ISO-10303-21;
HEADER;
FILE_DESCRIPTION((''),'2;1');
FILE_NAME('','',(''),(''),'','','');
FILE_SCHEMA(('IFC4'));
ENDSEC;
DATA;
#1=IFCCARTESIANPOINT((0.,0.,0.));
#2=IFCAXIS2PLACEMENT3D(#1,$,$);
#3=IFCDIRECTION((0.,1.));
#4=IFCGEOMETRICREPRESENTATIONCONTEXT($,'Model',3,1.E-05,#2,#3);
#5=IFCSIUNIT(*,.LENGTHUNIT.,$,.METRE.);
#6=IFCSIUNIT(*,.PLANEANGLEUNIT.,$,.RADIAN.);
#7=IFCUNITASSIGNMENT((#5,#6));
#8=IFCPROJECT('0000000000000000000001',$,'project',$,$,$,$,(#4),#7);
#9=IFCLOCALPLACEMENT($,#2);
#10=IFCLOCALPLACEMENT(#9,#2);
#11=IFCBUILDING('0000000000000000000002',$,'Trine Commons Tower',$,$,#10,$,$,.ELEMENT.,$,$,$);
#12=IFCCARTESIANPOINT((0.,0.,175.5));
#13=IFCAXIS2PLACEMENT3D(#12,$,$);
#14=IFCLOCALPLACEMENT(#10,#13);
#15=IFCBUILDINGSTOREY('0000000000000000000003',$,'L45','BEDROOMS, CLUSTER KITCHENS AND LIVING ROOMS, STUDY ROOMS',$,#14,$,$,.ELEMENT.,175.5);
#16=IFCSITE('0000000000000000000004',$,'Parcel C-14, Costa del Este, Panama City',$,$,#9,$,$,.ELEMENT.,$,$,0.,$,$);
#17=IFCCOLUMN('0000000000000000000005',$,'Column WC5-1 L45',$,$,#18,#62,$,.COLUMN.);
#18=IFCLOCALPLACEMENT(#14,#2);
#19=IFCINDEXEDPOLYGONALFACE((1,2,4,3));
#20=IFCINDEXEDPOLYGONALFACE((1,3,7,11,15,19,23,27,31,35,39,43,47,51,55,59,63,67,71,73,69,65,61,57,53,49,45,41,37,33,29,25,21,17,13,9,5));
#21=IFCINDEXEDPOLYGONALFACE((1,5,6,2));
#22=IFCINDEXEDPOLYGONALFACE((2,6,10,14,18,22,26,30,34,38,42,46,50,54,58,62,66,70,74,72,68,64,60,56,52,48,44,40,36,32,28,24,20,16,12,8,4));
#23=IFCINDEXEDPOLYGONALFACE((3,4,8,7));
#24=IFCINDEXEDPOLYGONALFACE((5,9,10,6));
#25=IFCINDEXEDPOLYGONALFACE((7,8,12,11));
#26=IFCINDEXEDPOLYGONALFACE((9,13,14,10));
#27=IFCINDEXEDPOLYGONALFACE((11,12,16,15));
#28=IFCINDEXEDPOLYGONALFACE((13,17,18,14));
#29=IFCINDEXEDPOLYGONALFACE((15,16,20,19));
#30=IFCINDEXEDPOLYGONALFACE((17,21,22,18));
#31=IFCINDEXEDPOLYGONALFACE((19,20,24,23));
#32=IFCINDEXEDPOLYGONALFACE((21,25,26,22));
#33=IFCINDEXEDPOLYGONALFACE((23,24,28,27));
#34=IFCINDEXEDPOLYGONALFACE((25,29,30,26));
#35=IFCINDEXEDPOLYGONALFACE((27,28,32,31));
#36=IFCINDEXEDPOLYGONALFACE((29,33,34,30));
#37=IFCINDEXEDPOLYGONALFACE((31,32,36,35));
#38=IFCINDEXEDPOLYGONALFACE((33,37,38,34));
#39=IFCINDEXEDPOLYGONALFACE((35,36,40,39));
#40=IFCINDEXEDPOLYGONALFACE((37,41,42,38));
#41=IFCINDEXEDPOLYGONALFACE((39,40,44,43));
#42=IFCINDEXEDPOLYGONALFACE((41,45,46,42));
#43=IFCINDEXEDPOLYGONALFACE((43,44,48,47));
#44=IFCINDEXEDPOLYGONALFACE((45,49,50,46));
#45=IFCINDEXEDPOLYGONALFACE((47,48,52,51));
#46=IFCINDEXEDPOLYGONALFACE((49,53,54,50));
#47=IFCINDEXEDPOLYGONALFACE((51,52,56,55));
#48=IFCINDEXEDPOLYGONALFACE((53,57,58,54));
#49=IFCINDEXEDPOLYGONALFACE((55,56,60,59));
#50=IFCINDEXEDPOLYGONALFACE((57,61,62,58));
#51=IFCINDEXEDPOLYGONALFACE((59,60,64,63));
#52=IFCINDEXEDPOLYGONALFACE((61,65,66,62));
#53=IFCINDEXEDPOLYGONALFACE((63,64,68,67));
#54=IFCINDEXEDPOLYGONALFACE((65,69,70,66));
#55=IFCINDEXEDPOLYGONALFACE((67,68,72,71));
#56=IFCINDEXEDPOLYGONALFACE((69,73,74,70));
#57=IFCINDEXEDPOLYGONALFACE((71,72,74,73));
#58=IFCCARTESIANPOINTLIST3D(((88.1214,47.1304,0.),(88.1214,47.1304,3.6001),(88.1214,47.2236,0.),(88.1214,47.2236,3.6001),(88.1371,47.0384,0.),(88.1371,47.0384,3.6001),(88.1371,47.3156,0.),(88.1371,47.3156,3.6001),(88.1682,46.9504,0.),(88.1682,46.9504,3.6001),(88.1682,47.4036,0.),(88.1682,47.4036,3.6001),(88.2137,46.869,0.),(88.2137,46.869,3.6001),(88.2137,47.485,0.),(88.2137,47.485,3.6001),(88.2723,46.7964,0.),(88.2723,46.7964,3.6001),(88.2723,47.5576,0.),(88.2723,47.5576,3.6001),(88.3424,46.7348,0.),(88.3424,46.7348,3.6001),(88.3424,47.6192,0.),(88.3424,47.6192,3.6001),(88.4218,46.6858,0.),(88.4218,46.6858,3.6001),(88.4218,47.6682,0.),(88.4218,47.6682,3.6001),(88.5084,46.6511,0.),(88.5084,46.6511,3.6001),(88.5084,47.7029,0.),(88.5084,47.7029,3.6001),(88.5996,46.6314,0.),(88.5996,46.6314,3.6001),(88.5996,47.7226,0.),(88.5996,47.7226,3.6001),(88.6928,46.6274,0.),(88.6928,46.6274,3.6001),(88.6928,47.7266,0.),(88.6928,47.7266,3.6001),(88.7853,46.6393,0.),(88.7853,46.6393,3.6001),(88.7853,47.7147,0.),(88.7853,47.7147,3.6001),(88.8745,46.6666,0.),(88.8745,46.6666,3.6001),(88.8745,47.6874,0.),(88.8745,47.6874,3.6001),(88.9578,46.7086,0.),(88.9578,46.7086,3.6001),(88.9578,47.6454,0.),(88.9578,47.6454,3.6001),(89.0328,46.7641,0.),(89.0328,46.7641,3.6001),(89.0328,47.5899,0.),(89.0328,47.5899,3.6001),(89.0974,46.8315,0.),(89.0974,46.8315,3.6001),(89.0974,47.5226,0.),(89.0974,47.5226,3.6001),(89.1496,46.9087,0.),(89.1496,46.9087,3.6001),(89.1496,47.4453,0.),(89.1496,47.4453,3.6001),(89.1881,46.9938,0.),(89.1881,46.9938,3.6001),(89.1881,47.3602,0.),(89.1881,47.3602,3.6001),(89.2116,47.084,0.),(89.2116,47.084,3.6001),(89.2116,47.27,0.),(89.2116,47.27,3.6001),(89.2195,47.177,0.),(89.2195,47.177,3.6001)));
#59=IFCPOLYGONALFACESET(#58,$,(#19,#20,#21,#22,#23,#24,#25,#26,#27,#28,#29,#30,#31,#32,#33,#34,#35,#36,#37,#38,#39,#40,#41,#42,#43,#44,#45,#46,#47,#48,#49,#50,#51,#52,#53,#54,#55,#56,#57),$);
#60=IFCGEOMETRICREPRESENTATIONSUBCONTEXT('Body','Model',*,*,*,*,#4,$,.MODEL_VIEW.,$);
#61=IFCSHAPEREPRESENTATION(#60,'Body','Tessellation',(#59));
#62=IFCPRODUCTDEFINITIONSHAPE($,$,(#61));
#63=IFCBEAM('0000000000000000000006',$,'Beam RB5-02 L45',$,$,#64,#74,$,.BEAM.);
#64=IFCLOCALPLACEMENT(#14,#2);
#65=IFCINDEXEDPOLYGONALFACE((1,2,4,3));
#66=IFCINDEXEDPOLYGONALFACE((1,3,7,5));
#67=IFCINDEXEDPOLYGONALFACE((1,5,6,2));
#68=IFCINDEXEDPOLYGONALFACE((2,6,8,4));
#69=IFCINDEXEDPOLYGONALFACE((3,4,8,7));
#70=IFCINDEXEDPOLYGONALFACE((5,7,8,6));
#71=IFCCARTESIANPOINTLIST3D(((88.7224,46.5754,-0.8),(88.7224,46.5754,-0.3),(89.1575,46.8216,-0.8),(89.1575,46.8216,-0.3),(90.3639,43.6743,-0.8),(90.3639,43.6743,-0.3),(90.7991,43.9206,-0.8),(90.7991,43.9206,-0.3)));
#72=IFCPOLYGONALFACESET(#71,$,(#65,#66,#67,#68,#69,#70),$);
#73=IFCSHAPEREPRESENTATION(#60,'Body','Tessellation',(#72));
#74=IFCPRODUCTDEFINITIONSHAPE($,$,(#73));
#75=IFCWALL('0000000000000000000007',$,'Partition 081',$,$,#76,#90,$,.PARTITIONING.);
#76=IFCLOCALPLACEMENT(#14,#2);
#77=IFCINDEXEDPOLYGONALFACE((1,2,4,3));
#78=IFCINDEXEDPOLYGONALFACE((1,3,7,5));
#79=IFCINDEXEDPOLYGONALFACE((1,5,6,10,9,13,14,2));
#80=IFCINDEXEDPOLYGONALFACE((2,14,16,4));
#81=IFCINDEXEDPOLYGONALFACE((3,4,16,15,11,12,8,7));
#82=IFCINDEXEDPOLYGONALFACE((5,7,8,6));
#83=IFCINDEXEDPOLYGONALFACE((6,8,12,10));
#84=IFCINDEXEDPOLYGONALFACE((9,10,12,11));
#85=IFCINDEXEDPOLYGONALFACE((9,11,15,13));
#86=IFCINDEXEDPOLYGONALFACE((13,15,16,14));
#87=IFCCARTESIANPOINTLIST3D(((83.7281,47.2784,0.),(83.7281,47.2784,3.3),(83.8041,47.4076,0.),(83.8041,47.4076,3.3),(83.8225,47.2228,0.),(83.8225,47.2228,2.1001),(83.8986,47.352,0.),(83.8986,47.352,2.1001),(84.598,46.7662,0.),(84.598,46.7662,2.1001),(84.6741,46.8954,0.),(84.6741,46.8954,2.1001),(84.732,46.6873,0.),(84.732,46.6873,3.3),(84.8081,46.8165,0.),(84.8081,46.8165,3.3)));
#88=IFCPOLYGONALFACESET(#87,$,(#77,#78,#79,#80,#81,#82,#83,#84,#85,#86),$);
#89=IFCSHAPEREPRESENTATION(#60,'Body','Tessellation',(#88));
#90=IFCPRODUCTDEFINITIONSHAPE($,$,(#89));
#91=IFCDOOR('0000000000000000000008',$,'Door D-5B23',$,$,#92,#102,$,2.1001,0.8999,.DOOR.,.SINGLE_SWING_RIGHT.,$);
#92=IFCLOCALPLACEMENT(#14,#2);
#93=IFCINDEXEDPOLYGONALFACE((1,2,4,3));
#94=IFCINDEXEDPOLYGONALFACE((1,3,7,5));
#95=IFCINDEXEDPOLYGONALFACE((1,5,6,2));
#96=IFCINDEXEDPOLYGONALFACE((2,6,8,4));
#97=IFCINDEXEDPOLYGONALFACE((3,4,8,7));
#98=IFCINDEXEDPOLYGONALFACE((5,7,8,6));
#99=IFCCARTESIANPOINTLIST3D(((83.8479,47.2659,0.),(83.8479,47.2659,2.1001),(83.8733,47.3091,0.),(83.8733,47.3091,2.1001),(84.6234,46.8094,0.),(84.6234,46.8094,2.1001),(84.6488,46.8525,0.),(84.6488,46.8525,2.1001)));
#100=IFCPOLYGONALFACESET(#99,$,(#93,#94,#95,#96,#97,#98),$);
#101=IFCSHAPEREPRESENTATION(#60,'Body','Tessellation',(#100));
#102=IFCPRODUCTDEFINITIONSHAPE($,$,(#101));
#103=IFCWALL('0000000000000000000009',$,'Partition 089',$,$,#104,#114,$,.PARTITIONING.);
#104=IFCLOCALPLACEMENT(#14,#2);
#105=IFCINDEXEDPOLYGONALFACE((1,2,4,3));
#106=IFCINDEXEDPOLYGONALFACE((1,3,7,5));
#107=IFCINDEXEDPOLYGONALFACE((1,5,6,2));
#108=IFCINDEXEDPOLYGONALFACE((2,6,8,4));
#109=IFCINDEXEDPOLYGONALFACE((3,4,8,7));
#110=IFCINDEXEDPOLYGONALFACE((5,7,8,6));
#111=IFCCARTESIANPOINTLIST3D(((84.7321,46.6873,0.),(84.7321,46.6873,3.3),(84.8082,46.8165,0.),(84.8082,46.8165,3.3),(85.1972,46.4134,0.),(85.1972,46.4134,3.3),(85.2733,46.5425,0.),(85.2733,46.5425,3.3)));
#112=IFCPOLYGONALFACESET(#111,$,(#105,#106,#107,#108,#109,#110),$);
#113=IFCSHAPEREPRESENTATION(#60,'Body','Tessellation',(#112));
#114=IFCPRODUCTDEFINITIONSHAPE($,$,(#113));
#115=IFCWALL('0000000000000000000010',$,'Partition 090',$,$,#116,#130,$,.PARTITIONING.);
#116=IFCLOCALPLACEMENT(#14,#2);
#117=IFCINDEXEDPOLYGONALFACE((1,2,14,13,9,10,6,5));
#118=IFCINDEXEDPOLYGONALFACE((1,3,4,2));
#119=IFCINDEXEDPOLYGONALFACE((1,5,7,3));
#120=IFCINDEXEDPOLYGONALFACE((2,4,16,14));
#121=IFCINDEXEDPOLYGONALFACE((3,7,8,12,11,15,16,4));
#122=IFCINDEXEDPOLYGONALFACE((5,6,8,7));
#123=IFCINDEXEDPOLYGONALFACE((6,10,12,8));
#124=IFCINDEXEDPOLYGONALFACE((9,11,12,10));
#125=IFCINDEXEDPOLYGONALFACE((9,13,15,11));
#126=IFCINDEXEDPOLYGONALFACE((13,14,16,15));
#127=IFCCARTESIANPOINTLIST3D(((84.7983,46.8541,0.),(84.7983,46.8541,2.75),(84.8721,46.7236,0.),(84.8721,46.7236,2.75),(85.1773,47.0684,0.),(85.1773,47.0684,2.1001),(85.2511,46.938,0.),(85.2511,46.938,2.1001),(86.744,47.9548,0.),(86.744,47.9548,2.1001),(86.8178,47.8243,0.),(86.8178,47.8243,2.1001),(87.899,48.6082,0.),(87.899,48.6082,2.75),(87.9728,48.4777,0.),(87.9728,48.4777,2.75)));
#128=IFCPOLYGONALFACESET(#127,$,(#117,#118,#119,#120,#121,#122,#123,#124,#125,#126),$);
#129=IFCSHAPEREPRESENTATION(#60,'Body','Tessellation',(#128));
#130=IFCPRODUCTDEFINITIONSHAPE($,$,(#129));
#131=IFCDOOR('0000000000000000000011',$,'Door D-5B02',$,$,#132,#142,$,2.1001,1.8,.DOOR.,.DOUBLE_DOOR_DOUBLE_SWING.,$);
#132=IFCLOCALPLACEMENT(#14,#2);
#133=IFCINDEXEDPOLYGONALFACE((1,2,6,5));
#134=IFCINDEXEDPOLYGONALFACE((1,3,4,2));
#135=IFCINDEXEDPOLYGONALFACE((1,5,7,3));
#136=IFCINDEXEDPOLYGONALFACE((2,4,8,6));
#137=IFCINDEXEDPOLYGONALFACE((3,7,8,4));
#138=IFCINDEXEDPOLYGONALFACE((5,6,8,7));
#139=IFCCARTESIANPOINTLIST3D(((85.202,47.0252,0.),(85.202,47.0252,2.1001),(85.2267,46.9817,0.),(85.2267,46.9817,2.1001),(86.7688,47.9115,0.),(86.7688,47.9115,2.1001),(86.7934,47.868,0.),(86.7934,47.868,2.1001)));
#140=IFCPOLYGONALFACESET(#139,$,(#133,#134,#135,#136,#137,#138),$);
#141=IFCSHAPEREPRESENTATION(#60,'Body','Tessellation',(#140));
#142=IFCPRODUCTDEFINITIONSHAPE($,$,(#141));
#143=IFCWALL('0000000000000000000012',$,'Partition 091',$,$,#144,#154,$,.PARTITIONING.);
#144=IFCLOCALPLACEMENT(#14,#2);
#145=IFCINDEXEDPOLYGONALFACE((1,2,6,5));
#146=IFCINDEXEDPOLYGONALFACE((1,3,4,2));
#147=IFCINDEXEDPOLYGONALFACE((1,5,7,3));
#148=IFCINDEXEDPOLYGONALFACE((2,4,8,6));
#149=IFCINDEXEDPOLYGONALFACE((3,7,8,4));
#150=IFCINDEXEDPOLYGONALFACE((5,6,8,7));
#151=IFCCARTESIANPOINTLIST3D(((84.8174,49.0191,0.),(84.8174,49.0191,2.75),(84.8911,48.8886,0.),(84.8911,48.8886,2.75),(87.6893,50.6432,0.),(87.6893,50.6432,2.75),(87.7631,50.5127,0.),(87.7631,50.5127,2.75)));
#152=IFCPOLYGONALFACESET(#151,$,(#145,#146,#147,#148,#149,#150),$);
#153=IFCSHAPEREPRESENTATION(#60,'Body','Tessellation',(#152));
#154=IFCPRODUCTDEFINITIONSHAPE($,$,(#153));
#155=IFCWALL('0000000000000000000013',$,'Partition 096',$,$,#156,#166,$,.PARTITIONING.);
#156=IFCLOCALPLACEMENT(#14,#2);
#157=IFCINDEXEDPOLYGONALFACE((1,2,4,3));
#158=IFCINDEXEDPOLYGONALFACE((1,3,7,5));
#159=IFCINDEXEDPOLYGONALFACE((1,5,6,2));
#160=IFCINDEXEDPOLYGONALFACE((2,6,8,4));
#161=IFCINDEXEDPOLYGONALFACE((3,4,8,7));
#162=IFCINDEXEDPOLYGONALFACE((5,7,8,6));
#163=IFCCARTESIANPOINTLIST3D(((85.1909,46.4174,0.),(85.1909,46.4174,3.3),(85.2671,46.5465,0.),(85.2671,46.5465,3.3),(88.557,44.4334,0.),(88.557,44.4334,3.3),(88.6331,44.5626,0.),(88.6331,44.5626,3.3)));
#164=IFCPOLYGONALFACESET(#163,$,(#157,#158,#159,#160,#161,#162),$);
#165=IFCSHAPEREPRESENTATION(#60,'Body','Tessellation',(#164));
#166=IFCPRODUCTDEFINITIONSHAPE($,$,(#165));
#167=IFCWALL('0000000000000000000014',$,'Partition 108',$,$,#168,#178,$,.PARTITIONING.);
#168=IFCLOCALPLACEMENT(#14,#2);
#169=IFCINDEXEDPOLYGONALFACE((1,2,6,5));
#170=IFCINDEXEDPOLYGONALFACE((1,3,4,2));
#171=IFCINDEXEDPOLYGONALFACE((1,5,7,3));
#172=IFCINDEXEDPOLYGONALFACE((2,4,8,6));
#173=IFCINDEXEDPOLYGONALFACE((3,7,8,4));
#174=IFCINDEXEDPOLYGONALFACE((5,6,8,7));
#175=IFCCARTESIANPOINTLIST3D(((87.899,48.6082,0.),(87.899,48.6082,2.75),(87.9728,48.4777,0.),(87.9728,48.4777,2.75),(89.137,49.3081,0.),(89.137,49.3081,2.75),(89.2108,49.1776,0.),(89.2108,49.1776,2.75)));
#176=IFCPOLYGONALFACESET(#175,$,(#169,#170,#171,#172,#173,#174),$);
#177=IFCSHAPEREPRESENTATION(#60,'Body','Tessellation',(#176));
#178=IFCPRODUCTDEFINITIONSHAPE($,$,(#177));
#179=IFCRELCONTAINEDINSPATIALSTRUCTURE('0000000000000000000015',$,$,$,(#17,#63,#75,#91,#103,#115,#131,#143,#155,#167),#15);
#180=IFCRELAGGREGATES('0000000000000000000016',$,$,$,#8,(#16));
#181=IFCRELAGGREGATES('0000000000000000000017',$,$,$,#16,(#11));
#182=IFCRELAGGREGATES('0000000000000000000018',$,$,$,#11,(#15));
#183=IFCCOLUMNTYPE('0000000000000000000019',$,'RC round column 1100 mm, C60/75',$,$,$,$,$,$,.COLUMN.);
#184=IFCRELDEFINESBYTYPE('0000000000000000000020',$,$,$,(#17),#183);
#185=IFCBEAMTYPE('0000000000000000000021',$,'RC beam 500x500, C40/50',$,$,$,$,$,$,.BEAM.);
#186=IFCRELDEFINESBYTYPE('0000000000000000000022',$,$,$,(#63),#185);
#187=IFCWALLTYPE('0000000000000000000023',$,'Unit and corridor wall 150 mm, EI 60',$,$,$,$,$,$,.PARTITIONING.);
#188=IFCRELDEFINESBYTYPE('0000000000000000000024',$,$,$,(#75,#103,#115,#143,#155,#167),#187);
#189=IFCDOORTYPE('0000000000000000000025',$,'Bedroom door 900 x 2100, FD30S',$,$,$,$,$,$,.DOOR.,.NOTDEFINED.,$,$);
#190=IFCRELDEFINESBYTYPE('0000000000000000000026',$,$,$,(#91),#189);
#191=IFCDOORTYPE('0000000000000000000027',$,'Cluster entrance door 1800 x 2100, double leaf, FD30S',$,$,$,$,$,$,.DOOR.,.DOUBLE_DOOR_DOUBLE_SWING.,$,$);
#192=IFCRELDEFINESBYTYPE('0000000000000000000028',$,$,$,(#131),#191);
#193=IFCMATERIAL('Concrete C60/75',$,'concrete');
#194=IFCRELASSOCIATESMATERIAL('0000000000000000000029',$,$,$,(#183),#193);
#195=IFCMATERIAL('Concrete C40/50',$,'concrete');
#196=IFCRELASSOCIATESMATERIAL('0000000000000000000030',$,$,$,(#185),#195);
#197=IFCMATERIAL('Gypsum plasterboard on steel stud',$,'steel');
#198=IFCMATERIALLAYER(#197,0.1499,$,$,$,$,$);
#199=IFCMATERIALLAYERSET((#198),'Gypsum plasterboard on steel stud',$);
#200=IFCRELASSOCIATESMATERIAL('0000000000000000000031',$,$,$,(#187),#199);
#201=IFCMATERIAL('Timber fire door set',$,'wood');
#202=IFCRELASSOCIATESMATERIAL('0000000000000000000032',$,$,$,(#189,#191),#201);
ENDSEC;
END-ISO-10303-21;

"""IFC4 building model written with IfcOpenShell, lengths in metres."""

from ifc_helpers import new_model, si_unit, direction, frame, frame_2d, origin, origin_2d, place, context, subcontext, project, spatial, rectangle, circle, extrude, material, layer, layer_set, material_profile, profile_set, type_object, element, fill, save


model = new_model("IFC4")

# Units and contexts
model_context = context("Model", 3, precision=1e-05, world=origin(), true_north=direction((0.0, 1.0)))
body_context = subcontext(model_context, "Body", "Model", "MODEL_VIEW")
ifc_project = project(units=[si_unit("LENGTHUNIT", "METRE"), si_unit("PLANEANGLEUNIT", "RADIAN")], contexts=[model_context])

# Site, building, storey
site_placement = place(None, origin())
site = spatial("IfcSite", under=ifc_project, at=site_placement, Name="Parcel C-14, Costa del Este, Panama City", CompositionType="ELEMENT", RefElevation=0.0)
building_placement = place(site_placement, origin())
building = spatial("IfcBuilding", under=site, at=building_placement, Name="Trine Commons Tower", CompositionType="ELEMENT")
storey_placement = place(building_placement, frame((0.0, 0.0, 175.5)))
storey = spatial("IfcBuildingStorey", under=building, at=storey_placement, Name="L45", Description="BEDROOMS, CLUSTER KITCHENS AND LIVING ROOMS, STUDY ROOMS", CompositionType="ELEMENT", Elevation=175.5)

# Column
ifc_material_1 = material(Name="Concrete C60/75", Category="concrete")
ifc_material_profile_1 = material_profile(ifc_material_1, circle(Radius=0.55, at=origin_2d()), Name="RC round 1100")
ifc_profile_set_1 = profile_set([ifc_material_profile_1], Name="Concrete C60/75")
column_type = type_object("IfcColumnType", Name="RC round column 1100 mm, C60/75", PredefinedType="COLUMN", material=ifc_profile_set_1)
column_placement = place(storey_placement, frame((88.6694, 47.177, 0.0), z_axis=(0.0, 0.0, 1.0), x_axis=(1.0, 0.0, 0.0)))
element("IfcColumn", 1, at=column_placement, inside=storey, type_object=column_type, Name="Column WC5-1 L45", PredefinedType="COLUMN", context=body_context, shape_type="SweptSolid", body=[
    extrude(circle(Radius=0.55, at=origin_2d()), origin(), (0.0, 0.0, 1.0), 3.6001),
])

# Beam
ifc_material_2 = material(Name="Concrete C40/50", Category="concrete")
ifc_material_profile_2 = material_profile(ifc_material_2, rectangle(XDim=0.5, YDim=0.5, at=origin_2d()), Name="RC 500x500")
ifc_profile_set_2 = profile_set([ifc_material_profile_2], Name="Concrete C40/50")
beam_type = type_object("IfcBeamType", Name="RC beam 500x500, C40/50", PredefinedType="BEAM", material=ifc_profile_set_2)
beam_placement = place(storey_placement, frame((88.9399, 46.6985, -0.55), z_axis=(0.492475, -0.870327, 0.0), x_axis=(0.870327, 0.492475, 0.0)))
element("IfcBeam", 2, at=beam_placement, inside=storey, type_object=beam_type, Name="Beam RB5-02 L45", PredefinedType="BEAM", context=body_context, shape_type="SweptSolid", body=[
    extrude(rectangle(XDim=0.5, YDim=0.5, at=origin_2d()), origin(), (0.0, 0.0, 1.0), 3.3333),
])

# Wall, opening, door
ifc_material_3 = material(Name="Gypsum plasterboard on steel stud", Category="steel")
ifc_layer_1 = layer(ifc_material_3, 0.1499)
ifc_layer_set_1 = layer_set([ifc_layer_1], Name="Gypsum plasterboard on steel stud")
wall_type_1 = type_object("IfcWallType", Name="Unit and corridor wall 150 mm, EI 60", PredefinedType="PARTITIONING", material=ifc_layer_set_1)
wall_1_placement = place(storey_placement, frame((83.7661, 47.343, 0.0), z_axis=(0.0, 0.0, 1.0), x_axis=(0.861735, -0.507359, 0.0)))
wall_1 = element("IfcWall", 3, at=wall_1_placement, inside=storey, type_object=wall_type_1, Name="Partition 081", PredefinedType="PARTITIONING", context=body_context, shape_type="SweptSolid", body=[
    extrude(rectangle(XDim=1.165, YDim=0.1499, at=frame_2d((0.5825, 0.0))), origin(), (0.0, 0.0, 1.0), 3.3),
])
opening_1_placement = place(wall_1_placement, frame((0.1096, 0.0, 0.0)))
opening_1 = element("IfcOpeningElement", 4, at=opening_1_placement, cuts=wall_1, PredefinedType="OPENING", context=body_context, shape_type="SweptSolid", body=[
    extrude(rectangle(XDim=0.8999, YDim=2.1001, at=frame_2d((0.45, 1.05))), frame((0.0, 0.085, 0.0), z_axis=(0.0, -1.0, 0.0), x_axis=(1.0, 0.0, 0.0)), (0.0, 0.0, 1.0), 0.1699),
])
ifc_material_4 = material(Name="Timber fire door set", Category="wood")
door_type_1 = type_object("IfcDoorType", Name="Bedroom door 900 x 2100, FD30S", OperationType="NOTDEFINED", PredefinedType="DOOR", material=ifc_material_4)
door_1_placement = place(opening_1_placement, frame((0.8999, 0.0, 0.0), z_axis=(0.0, 0.0, 1.0), x_axis=(-1.0, 0.0, 0.0)))
door_1 = element("IfcDoor", 5, at=door_1_placement, inside=storey, type_object=door_type_1, Name="Door D-5B23", OperationType="SINGLE_SWING_RIGHT", OverallHeight=2.1001, OverallWidth=0.8999, PredefinedType="DOOR", context=body_context, shape_type="SweptSolid", body=[
    extrude(rectangle(XDim=0.8999, YDim=2.1001, at=frame_2d((0.45, 1.05))), frame((0.0, 0.0249, 0.0), z_axis=(0.0, -1.0, 0.0), x_axis=(1.0, 0.0, 0.0)), (0.0, 0.0, 1.0), 0.05),
])
fill(opening_1, door_1)

# Wall
wall_2_placement = place(storey_placement, frame((84.77, 46.752, 0.0), z_axis=(0.0, 0.0, 1.0), x_axis=(0.861655, -0.507494, 0.0)))
element("IfcWall", 6, at=wall_2_placement, inside=storey, type_object=wall_type_1, Name="Partition 089", PredefinedType="PARTITIONING", context=body_context, shape_type="SweptSolid", body=[
    extrude(rectangle(XDim=0.5398, YDim=0.1499, at=frame_2d((0.27, 0.0))), origin(), (0.0, 0.0, 1.0), 3.3),
])

# Wall, opening, door
wall_3_placement = place(storey_placement, frame((84.8352, 46.7888, 0.0), z_axis=(0.0, 0.0, 1.0), x_axis=(0.870382, 0.492378, 0.0)))
wall_3 = element("IfcWall", 7, at=wall_3_placement, inside=storey, type_object=wall_type_1, Name="Partition 090", PredefinedType="PARTITIONING", context=body_context, shape_type="SweptSolid", body=[
    extrude(rectangle(XDim=3.5625, YDim=0.1499, at=frame_2d((1.7812, 0.0))), origin(), (0.0, 0.0, 1.0), 2.75),
])
opening_2_placement = place(wall_3_placement, frame((0.4355, 0.0, 0.0)))
opening_2 = element("IfcOpeningElement", 8, at=opening_2_placement, cuts=wall_3, PredefinedType="OPENING", context=body_context, shape_type="SweptSolid", body=[
    extrude(rectangle(XDim=1.8, YDim=2.1001, at=frame_2d((0.8999, 1.05))), frame((0.0, 0.085, 0.0), z_axis=(0.0, -1.0, 0.0), x_axis=(1.0, 0.0, 0.0)), (0.0, 0.0, 1.0), 0.1699),
])
door_type_2 = type_object("IfcDoorType", Name="Cluster entrance door 1800 x 2100, double leaf, FD30S", OperationType="DOUBLE_DOOR_DOUBLE_SWING", PredefinedType="DOOR", material=ifc_material_4)
door_2_placement = place(opening_2_placement, frame((1.8, 0.0, 0.0), z_axis=(0.0, 0.0, 1.0), x_axis=(-1.0, 0.0, 0.0)))
door_2 = element("IfcDoor", 9, at=door_2_placement, inside=storey, type_object=door_type_2, Name="Door D-5B02", OperationType="DOUBLE_DOOR_DOUBLE_SWING", OverallHeight=2.1001, OverallWidth=1.8, PredefinedType="DOOR", context=body_context, shape_type="SweptSolid", body=[
    extrude(rectangle(XDim=1.8, YDim=2.1001, at=frame_2d((0.8999, 1.05))), frame((0.0, 0.0249, 0.0), z_axis=(0.0, -1.0, 0.0), x_axis=(1.0, 0.0, 0.0)), (0.0, 0.0, 1.0), 0.05),
])
fill(opening_2, door_2)

# Walls
wall_4_placement = place(storey_placement, frame((84.8542, 48.9539, 0.0), z_axis=(0.0, 0.0, 1.0), x_axis=(0.870457, 0.492245, 0.0)))
element("IfcWall", 10, at=wall_4_placement, inside=storey, type_object=wall_type_1, Name="Partition 091", PredefinedType="PARTITIONING", context=body_context, shape_type="SweptSolid", body=[
    extrude(rectangle(XDim=3.2993, YDim=0.1499, at=frame_2d((1.6497, 0.0))), origin(), (0.0, 0.0, 1.0), 2.75),
])
wall_5_placement = place(storey_placement, frame((85.229, 46.4819, 0.0), z_axis=(0.0, 0.0, 1.0), x_axis=(0.861497, -0.507763, 0.0)))
element("IfcWall", 11, at=wall_5_placement, inside=storey, type_object=wall_type_1, Name="Partition 096", PredefinedType="PARTITIONING", context=body_context, shape_type="SweptSolid", body=[
    extrude(rectangle(XDim=3.9072, YDim=0.1499, at=frame_2d((1.9536, 0.0))), origin(), (0.0, 0.0, 1.0), 3.3),
])
wall_6_placement = place(storey_placement, frame((87.936, 48.543, 0.0), z_axis=(0.0, 0.0, 1.0), x_axis=(0.870505, 0.492159, 0.0)))
element("IfcWall", 12, at=wall_6_placement, inside=storey, type_object=wall_type_1, Name="Partition 108", PredefinedType="PARTITIONING", context=body_context, shape_type="SweptSolid", body=[
    extrude(rectangle(XDim=1.4221, YDim=0.1499, at=frame_2d((0.7109, 0.0))), origin(), (0.0, 0.0, 1.0), 2.75),
])

save(model, "model.ifc")
